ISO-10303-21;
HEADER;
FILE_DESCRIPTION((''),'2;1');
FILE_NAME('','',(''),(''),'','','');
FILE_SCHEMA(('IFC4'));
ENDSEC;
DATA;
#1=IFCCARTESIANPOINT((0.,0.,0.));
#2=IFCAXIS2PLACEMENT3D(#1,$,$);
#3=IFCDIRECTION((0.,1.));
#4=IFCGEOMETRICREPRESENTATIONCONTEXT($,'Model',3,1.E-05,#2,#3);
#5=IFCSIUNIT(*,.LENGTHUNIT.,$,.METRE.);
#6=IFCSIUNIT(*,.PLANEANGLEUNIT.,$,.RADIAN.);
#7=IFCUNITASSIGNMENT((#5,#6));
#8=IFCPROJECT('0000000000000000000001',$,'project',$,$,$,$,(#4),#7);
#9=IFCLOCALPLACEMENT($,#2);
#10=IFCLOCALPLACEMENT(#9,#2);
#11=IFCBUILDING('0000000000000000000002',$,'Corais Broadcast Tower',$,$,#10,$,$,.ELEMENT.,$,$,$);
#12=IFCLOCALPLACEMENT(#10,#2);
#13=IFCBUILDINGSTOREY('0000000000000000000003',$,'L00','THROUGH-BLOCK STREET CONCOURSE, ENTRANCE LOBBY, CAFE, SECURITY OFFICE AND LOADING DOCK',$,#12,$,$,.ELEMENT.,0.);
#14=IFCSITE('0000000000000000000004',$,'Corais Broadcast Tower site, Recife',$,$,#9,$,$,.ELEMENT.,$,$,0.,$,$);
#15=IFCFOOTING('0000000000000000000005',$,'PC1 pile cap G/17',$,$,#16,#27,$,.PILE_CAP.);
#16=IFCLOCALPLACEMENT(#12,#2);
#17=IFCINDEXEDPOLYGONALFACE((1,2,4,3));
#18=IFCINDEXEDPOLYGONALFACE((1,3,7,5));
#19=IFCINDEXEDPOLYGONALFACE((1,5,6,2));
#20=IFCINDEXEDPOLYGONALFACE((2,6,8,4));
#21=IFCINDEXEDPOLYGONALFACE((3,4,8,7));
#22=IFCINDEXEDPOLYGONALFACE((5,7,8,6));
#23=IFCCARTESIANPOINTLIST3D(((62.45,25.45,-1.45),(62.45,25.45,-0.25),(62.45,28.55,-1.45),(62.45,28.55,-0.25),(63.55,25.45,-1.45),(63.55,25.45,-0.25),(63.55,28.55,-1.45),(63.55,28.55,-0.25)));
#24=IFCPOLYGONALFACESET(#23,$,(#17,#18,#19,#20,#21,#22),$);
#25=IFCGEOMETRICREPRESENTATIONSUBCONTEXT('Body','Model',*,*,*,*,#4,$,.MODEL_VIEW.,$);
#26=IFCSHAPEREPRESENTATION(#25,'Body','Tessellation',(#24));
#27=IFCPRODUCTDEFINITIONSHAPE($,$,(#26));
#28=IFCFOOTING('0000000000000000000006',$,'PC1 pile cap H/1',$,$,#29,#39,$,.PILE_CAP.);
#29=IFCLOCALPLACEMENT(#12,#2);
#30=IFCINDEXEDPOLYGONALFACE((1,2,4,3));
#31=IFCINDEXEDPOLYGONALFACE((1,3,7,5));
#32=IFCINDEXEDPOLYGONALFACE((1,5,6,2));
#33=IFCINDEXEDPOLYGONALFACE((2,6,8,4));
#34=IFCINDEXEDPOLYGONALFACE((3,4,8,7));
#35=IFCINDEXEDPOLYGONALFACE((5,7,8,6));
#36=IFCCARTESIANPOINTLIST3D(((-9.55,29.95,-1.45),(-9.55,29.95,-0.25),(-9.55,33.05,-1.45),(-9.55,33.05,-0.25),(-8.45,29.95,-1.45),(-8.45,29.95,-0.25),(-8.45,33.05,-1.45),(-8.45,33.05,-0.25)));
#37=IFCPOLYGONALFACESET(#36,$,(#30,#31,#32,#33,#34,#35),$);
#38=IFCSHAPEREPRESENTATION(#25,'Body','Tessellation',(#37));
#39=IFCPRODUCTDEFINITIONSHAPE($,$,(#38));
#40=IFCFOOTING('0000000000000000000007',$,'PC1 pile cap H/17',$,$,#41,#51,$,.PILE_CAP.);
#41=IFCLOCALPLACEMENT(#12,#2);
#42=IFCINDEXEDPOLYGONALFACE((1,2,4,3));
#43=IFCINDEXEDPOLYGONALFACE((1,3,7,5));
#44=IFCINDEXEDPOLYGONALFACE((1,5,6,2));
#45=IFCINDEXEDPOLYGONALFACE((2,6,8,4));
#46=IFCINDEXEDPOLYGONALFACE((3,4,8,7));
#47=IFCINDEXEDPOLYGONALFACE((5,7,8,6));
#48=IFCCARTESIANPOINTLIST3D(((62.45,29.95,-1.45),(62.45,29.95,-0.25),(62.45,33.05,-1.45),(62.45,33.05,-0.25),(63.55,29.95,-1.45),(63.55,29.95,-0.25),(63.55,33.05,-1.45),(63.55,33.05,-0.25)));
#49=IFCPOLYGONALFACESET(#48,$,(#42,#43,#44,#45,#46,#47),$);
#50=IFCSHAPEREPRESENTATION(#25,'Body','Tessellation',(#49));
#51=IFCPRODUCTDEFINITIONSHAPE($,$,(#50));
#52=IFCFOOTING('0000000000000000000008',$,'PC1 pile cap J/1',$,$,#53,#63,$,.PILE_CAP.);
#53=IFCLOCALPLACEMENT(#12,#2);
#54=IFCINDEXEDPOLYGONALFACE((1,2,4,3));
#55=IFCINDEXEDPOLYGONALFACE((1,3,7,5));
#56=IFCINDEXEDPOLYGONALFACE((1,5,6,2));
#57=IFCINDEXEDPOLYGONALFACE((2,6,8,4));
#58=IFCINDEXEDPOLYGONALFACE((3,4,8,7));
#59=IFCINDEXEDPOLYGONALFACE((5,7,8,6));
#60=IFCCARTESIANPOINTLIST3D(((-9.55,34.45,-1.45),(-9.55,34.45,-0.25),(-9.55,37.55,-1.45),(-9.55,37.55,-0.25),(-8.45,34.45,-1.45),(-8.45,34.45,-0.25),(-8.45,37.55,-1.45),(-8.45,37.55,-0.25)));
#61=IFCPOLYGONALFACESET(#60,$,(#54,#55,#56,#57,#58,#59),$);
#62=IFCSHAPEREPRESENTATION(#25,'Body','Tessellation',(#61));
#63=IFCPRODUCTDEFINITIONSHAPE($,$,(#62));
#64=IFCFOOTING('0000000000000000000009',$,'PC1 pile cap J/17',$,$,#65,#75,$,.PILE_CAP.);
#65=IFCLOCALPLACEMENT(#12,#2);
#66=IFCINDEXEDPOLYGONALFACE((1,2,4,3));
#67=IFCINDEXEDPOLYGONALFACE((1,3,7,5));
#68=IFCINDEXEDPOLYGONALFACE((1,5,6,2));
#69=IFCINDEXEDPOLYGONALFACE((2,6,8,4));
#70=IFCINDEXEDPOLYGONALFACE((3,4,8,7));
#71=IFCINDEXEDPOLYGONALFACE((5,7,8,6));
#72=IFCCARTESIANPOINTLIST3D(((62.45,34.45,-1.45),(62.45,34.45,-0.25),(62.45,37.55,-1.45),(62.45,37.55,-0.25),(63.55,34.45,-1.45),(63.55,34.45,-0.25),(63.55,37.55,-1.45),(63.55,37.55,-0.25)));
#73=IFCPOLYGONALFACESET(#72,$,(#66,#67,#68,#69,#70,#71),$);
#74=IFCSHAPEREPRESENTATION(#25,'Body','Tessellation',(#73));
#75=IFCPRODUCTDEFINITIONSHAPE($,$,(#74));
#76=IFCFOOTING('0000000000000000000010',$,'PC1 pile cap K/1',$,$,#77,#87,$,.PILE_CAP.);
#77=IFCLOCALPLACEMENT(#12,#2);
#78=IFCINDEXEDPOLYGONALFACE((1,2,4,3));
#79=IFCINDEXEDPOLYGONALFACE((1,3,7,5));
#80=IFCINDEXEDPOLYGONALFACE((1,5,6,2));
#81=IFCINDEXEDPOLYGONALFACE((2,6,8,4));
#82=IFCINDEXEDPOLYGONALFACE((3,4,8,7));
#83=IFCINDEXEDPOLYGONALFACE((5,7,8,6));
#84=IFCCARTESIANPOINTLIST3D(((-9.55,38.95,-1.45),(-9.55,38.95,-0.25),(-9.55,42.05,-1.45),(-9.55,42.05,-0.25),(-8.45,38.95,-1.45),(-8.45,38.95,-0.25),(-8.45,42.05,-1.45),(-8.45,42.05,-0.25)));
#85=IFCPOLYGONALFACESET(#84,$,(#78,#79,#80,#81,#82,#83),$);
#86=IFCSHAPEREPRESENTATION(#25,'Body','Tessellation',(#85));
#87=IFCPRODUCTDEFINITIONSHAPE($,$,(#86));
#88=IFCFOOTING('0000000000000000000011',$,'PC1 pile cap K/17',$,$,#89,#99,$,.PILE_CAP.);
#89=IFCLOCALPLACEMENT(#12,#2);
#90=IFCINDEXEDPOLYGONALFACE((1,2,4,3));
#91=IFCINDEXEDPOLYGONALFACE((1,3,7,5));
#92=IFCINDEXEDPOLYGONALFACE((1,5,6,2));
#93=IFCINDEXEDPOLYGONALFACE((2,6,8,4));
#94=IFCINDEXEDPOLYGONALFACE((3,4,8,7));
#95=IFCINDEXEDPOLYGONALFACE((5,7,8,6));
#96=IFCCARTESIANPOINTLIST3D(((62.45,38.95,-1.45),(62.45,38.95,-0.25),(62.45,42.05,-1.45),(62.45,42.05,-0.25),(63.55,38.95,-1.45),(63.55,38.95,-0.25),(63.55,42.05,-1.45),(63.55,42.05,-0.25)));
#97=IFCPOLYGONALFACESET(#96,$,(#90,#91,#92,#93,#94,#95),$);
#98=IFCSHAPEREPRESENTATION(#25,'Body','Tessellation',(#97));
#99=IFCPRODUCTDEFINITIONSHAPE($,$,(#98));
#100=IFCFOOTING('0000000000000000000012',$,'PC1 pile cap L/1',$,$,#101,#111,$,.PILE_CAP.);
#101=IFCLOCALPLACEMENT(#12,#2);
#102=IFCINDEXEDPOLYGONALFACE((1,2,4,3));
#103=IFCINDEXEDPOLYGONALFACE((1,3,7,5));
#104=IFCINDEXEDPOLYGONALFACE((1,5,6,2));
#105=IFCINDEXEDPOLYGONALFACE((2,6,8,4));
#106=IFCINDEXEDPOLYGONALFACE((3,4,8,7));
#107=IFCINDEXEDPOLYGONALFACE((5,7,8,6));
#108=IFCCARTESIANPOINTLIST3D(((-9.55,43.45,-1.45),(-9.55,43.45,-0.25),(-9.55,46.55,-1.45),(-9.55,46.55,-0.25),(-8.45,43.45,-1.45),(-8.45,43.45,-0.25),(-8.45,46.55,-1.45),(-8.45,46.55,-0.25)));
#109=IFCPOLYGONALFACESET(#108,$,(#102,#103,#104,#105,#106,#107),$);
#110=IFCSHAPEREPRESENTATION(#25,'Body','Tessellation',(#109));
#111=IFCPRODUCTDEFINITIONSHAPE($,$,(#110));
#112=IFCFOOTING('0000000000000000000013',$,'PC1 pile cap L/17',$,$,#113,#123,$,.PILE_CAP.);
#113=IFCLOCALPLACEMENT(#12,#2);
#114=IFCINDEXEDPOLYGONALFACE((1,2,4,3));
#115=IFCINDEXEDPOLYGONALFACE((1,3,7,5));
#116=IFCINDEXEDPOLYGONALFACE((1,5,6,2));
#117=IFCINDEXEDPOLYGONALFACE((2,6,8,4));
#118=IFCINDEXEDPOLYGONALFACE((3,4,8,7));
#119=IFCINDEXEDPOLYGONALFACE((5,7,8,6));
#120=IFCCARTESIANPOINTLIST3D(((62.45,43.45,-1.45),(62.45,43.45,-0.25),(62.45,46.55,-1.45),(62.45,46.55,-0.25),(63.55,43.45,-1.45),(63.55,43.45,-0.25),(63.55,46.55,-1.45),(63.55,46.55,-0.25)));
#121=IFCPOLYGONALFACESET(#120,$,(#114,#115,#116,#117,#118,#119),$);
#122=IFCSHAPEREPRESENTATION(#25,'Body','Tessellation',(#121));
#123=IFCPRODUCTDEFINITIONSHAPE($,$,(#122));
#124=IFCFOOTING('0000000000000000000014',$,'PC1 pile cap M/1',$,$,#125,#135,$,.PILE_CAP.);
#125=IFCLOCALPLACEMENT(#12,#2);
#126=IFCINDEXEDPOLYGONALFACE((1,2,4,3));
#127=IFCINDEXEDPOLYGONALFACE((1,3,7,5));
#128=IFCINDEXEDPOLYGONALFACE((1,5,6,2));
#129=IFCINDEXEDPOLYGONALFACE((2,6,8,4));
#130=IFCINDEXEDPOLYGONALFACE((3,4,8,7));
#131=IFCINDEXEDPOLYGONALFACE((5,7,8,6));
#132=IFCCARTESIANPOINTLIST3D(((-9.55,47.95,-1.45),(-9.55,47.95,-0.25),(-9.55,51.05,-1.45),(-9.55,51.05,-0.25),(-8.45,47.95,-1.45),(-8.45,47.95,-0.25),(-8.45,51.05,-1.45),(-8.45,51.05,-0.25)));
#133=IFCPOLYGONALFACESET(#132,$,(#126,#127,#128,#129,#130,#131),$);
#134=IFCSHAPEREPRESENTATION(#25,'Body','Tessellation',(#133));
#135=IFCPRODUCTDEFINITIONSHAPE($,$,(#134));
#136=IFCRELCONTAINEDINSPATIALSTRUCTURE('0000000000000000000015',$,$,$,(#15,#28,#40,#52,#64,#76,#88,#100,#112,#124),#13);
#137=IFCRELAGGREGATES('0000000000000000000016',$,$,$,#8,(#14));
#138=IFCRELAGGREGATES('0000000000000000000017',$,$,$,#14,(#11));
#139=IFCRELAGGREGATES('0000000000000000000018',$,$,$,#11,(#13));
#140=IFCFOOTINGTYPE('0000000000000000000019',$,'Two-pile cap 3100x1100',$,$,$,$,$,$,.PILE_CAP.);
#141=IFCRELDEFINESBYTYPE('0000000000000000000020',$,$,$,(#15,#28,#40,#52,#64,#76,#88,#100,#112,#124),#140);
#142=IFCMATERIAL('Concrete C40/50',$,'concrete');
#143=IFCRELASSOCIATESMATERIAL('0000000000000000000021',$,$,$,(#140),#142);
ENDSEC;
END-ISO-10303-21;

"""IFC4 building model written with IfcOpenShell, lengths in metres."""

from ifc_helpers import new_model, si_unit, direction, frame, origin, place, context, subcontext, project, spatial, polyline, outline, extrude, material, type_object, element, save


model = new_model("IFC4")

# Units and contexts
model_context = context("Model", 3, precision=1e-05, world=origin(), true_north=direction((0.0, 1.0)))
body_context = subcontext(model_context, "Body", "Model", "MODEL_VIEW")
ifc_project = project(units=[si_unit("LENGTHUNIT", "METRE"), si_unit("PLANEANGLEUNIT", "RADIAN")], contexts=[model_context])

# Site, building, storey
site_placement = place(None, origin())
site = spatial("IfcSite", under=ifc_project, at=site_placement, Name="Corais Broadcast Tower site, Recife", CompositionType="ELEMENT", RefElevation=0.0)
building_placement = place(site_placement, origin())
building = spatial("IfcBuilding", under=site, at=building_placement, Name="Corais Broadcast Tower", CompositionType="ELEMENT")
storey_placement = place(building_placement, origin())
storey = spatial("IfcBuildingStorey", under=building, at=storey_placement, Name="L00", Description="THROUGH-BLOCK STREET CONCOURSE, ENTRANCE LOBBY, CAFE, SECURITY OFFICE AND LOADING DOCK", CompositionType="ELEMENT", Elevation=0.0)

# Footings
ifc_material_1 = material(Name="Concrete C40/50", Category="concrete")
footing_type = type_object("IfcFootingType", Name="Two-pile cap 3100x1100", PredefinedType="PILE_CAP", material=ifc_material_1)
footing_1_placement = place(storey_placement, frame((0.0, 0.0, -1.45)))
element("IfcFooting", 1, at=footing_1_placement, inside=storey, type_object=footing_type, Name="PC1 pile cap G/17", PredefinedType="PILE_CAP", context=body_context, shape_type="SweptSolid", body=[
    extrude(outline(polyline([(62.45, 25.45), (63.55, 25.45), (63.55, 28.55), (62.45, 28.55), (62.45, 25.45)])), origin(), (0.0, 0.0, 1.0), 1.2),
])
footing_2_placement = place(storey_placement, frame((0.0, 0.0, -1.45)))
element("IfcFooting", 2, at=footing_2_placement, inside=storey, type_object=footing_type, Name="PC1 pile cap H/1", PredefinedType="PILE_CAP", context=body_context, shape_type="SweptSolid", body=[
    extrude(outline(polyline([(-9.55, 29.95), (-8.45, 29.95), (-8.45, 33.05), (-9.55, 33.05), (-9.55, 29.95)])), origin(), (0.0, 0.0, 1.0), 1.2),
])
footing_3_placement = place(storey_placement, frame((0.0, 0.0, -1.45)))
element("IfcFooting", 3, at=footing_3_placement, inside=storey, type_object=footing_type, Name="PC1 pile cap H/17", PredefinedType="PILE_CAP", context=body_context, shape_type="SweptSolid", body=[
    extrude(outline(polyline([(62.45, 29.95), (63.55, 29.95), (63.55, 33.05), (62.45, 33.05), (62.45, 29.95)])), origin(), (0.0, 0.0, 1.0), 1.2),
])
footing_4_placement = place(storey_placement, frame((0.0, 0.0, -1.45)))
element("IfcFooting", 4, at=footing_4_placement, inside=storey, type_object=footing_type, Name="PC1 pile cap J/1", PredefinedType="PILE_CAP", context=body_context, shape_type="SweptSolid", body=[
    extrude(outline(polyline([(-9.55, 34.45), (-8.45, 34.45), (-8.45, 37.55), (-9.55, 37.55), (-9.55, 34.45)])), origin(), (0.0, 0.0, 1.0), 1.2),
])
footing_5_placement = place(storey_placement, frame((0.0, 0.0, -1.45)))
element("IfcFooting", 5, at=footing_5_placement, inside=storey, type_object=footing_type, Name="PC1 pile cap J/17", PredefinedType="PILE_CAP", context=body_context, shape_type="SweptSolid", body=[
    extrude(outline(polyline([(62.45, 34.45), (63.55, 34.45), (63.55, 37.55), (62.45, 37.55), (62.45, 34.45)])), origin(), (0.0, 0.0, 1.0), 1.2),
])
footing_6_placement = place(storey_placement, frame((0.0, 0.0, -1.45)))
element("IfcFooting", 6, at=footing_6_placement, inside=storey, type_object=footing_type, Name="PC1 pile cap K/1", PredefinedType="PILE_CAP", context=body_context, shape_type="SweptSolid", body=[
    extrude(outline(polyline([(-9.55, 38.95), (-8.45, 38.95), (-8.45, 42.05), (-9.55, 42.05), (-9.55, 38.95)])), origin(), (0.0, 0.0, 1.0), 1.2),
])
footing_7_placement = place(storey_placement, frame((0.0, 0.0, -1.45)))
element("IfcFooting", 7, at=footing_7_placement, inside=storey, type_object=footing_type, Name="PC1 pile cap K/17", PredefinedType="PILE_CAP", context=body_context, shape_type="SweptSolid", body=[
    extrude(outline(polyline([(62.45, 38.95), (63.55, 38.95), (63.55, 42.05), (62.45, 42.05), (62.45, 38.95)])), origin(), (0.0, 0.0, 1.0), 1.2),
])
footing_8_placement = place(storey_placement, frame((0.0, 0.0, -1.45)))
element("IfcFooting", 8, at=footing_8_placement, inside=storey, type_object=footing_type, Name="PC1 pile cap L/1", PredefinedType="PILE_CAP", context=body_context, shape_type="SweptSolid", body=[
    extrude(outline(polyline([(-9.55, 43.45), (-8.45, 43.45), (-8.45, 46.55), (-9.55, 46.55), (-9.55, 43.45)])), origin(), (0.0, 0.0, 1.0), 1.2),
])
footing_9_placement = place(storey_placement, frame((0.0, 0.0, -1.45)))
element("IfcFooting", 9, at=footing_9_placement, inside=storey, type_object=footing_type, Name="PC1 pile cap L/17", PredefinedType="PILE_CAP", context=body_context, shape_type="SweptSolid", body=[
    extrude(outline(polyline([(62.45, 43.45), (63.55, 43.45), (63.55, 46.55), (62.45, 46.55), (62.45, 43.45)])), origin(), (0.0, 0.0, 1.0), 1.2),
])
footing_10_placement = place(storey_placement, frame((0.0, 0.0, -1.45)))
element("IfcFooting", 10, at=footing_10_placement, inside=storey, type_object=footing_type, Name="PC1 pile cap M/1", PredefinedType="PILE_CAP", context=body_context, shape_type="SweptSolid", body=[
    extrude(outline(polyline([(-9.55, 47.95), (-8.45, 47.95), (-8.45, 51.05), (-9.55, 51.05), (-9.55, 47.95)])), origin(), (0.0, 0.0, 1.0), 1.2),
])

save(model, "model.ifc")
